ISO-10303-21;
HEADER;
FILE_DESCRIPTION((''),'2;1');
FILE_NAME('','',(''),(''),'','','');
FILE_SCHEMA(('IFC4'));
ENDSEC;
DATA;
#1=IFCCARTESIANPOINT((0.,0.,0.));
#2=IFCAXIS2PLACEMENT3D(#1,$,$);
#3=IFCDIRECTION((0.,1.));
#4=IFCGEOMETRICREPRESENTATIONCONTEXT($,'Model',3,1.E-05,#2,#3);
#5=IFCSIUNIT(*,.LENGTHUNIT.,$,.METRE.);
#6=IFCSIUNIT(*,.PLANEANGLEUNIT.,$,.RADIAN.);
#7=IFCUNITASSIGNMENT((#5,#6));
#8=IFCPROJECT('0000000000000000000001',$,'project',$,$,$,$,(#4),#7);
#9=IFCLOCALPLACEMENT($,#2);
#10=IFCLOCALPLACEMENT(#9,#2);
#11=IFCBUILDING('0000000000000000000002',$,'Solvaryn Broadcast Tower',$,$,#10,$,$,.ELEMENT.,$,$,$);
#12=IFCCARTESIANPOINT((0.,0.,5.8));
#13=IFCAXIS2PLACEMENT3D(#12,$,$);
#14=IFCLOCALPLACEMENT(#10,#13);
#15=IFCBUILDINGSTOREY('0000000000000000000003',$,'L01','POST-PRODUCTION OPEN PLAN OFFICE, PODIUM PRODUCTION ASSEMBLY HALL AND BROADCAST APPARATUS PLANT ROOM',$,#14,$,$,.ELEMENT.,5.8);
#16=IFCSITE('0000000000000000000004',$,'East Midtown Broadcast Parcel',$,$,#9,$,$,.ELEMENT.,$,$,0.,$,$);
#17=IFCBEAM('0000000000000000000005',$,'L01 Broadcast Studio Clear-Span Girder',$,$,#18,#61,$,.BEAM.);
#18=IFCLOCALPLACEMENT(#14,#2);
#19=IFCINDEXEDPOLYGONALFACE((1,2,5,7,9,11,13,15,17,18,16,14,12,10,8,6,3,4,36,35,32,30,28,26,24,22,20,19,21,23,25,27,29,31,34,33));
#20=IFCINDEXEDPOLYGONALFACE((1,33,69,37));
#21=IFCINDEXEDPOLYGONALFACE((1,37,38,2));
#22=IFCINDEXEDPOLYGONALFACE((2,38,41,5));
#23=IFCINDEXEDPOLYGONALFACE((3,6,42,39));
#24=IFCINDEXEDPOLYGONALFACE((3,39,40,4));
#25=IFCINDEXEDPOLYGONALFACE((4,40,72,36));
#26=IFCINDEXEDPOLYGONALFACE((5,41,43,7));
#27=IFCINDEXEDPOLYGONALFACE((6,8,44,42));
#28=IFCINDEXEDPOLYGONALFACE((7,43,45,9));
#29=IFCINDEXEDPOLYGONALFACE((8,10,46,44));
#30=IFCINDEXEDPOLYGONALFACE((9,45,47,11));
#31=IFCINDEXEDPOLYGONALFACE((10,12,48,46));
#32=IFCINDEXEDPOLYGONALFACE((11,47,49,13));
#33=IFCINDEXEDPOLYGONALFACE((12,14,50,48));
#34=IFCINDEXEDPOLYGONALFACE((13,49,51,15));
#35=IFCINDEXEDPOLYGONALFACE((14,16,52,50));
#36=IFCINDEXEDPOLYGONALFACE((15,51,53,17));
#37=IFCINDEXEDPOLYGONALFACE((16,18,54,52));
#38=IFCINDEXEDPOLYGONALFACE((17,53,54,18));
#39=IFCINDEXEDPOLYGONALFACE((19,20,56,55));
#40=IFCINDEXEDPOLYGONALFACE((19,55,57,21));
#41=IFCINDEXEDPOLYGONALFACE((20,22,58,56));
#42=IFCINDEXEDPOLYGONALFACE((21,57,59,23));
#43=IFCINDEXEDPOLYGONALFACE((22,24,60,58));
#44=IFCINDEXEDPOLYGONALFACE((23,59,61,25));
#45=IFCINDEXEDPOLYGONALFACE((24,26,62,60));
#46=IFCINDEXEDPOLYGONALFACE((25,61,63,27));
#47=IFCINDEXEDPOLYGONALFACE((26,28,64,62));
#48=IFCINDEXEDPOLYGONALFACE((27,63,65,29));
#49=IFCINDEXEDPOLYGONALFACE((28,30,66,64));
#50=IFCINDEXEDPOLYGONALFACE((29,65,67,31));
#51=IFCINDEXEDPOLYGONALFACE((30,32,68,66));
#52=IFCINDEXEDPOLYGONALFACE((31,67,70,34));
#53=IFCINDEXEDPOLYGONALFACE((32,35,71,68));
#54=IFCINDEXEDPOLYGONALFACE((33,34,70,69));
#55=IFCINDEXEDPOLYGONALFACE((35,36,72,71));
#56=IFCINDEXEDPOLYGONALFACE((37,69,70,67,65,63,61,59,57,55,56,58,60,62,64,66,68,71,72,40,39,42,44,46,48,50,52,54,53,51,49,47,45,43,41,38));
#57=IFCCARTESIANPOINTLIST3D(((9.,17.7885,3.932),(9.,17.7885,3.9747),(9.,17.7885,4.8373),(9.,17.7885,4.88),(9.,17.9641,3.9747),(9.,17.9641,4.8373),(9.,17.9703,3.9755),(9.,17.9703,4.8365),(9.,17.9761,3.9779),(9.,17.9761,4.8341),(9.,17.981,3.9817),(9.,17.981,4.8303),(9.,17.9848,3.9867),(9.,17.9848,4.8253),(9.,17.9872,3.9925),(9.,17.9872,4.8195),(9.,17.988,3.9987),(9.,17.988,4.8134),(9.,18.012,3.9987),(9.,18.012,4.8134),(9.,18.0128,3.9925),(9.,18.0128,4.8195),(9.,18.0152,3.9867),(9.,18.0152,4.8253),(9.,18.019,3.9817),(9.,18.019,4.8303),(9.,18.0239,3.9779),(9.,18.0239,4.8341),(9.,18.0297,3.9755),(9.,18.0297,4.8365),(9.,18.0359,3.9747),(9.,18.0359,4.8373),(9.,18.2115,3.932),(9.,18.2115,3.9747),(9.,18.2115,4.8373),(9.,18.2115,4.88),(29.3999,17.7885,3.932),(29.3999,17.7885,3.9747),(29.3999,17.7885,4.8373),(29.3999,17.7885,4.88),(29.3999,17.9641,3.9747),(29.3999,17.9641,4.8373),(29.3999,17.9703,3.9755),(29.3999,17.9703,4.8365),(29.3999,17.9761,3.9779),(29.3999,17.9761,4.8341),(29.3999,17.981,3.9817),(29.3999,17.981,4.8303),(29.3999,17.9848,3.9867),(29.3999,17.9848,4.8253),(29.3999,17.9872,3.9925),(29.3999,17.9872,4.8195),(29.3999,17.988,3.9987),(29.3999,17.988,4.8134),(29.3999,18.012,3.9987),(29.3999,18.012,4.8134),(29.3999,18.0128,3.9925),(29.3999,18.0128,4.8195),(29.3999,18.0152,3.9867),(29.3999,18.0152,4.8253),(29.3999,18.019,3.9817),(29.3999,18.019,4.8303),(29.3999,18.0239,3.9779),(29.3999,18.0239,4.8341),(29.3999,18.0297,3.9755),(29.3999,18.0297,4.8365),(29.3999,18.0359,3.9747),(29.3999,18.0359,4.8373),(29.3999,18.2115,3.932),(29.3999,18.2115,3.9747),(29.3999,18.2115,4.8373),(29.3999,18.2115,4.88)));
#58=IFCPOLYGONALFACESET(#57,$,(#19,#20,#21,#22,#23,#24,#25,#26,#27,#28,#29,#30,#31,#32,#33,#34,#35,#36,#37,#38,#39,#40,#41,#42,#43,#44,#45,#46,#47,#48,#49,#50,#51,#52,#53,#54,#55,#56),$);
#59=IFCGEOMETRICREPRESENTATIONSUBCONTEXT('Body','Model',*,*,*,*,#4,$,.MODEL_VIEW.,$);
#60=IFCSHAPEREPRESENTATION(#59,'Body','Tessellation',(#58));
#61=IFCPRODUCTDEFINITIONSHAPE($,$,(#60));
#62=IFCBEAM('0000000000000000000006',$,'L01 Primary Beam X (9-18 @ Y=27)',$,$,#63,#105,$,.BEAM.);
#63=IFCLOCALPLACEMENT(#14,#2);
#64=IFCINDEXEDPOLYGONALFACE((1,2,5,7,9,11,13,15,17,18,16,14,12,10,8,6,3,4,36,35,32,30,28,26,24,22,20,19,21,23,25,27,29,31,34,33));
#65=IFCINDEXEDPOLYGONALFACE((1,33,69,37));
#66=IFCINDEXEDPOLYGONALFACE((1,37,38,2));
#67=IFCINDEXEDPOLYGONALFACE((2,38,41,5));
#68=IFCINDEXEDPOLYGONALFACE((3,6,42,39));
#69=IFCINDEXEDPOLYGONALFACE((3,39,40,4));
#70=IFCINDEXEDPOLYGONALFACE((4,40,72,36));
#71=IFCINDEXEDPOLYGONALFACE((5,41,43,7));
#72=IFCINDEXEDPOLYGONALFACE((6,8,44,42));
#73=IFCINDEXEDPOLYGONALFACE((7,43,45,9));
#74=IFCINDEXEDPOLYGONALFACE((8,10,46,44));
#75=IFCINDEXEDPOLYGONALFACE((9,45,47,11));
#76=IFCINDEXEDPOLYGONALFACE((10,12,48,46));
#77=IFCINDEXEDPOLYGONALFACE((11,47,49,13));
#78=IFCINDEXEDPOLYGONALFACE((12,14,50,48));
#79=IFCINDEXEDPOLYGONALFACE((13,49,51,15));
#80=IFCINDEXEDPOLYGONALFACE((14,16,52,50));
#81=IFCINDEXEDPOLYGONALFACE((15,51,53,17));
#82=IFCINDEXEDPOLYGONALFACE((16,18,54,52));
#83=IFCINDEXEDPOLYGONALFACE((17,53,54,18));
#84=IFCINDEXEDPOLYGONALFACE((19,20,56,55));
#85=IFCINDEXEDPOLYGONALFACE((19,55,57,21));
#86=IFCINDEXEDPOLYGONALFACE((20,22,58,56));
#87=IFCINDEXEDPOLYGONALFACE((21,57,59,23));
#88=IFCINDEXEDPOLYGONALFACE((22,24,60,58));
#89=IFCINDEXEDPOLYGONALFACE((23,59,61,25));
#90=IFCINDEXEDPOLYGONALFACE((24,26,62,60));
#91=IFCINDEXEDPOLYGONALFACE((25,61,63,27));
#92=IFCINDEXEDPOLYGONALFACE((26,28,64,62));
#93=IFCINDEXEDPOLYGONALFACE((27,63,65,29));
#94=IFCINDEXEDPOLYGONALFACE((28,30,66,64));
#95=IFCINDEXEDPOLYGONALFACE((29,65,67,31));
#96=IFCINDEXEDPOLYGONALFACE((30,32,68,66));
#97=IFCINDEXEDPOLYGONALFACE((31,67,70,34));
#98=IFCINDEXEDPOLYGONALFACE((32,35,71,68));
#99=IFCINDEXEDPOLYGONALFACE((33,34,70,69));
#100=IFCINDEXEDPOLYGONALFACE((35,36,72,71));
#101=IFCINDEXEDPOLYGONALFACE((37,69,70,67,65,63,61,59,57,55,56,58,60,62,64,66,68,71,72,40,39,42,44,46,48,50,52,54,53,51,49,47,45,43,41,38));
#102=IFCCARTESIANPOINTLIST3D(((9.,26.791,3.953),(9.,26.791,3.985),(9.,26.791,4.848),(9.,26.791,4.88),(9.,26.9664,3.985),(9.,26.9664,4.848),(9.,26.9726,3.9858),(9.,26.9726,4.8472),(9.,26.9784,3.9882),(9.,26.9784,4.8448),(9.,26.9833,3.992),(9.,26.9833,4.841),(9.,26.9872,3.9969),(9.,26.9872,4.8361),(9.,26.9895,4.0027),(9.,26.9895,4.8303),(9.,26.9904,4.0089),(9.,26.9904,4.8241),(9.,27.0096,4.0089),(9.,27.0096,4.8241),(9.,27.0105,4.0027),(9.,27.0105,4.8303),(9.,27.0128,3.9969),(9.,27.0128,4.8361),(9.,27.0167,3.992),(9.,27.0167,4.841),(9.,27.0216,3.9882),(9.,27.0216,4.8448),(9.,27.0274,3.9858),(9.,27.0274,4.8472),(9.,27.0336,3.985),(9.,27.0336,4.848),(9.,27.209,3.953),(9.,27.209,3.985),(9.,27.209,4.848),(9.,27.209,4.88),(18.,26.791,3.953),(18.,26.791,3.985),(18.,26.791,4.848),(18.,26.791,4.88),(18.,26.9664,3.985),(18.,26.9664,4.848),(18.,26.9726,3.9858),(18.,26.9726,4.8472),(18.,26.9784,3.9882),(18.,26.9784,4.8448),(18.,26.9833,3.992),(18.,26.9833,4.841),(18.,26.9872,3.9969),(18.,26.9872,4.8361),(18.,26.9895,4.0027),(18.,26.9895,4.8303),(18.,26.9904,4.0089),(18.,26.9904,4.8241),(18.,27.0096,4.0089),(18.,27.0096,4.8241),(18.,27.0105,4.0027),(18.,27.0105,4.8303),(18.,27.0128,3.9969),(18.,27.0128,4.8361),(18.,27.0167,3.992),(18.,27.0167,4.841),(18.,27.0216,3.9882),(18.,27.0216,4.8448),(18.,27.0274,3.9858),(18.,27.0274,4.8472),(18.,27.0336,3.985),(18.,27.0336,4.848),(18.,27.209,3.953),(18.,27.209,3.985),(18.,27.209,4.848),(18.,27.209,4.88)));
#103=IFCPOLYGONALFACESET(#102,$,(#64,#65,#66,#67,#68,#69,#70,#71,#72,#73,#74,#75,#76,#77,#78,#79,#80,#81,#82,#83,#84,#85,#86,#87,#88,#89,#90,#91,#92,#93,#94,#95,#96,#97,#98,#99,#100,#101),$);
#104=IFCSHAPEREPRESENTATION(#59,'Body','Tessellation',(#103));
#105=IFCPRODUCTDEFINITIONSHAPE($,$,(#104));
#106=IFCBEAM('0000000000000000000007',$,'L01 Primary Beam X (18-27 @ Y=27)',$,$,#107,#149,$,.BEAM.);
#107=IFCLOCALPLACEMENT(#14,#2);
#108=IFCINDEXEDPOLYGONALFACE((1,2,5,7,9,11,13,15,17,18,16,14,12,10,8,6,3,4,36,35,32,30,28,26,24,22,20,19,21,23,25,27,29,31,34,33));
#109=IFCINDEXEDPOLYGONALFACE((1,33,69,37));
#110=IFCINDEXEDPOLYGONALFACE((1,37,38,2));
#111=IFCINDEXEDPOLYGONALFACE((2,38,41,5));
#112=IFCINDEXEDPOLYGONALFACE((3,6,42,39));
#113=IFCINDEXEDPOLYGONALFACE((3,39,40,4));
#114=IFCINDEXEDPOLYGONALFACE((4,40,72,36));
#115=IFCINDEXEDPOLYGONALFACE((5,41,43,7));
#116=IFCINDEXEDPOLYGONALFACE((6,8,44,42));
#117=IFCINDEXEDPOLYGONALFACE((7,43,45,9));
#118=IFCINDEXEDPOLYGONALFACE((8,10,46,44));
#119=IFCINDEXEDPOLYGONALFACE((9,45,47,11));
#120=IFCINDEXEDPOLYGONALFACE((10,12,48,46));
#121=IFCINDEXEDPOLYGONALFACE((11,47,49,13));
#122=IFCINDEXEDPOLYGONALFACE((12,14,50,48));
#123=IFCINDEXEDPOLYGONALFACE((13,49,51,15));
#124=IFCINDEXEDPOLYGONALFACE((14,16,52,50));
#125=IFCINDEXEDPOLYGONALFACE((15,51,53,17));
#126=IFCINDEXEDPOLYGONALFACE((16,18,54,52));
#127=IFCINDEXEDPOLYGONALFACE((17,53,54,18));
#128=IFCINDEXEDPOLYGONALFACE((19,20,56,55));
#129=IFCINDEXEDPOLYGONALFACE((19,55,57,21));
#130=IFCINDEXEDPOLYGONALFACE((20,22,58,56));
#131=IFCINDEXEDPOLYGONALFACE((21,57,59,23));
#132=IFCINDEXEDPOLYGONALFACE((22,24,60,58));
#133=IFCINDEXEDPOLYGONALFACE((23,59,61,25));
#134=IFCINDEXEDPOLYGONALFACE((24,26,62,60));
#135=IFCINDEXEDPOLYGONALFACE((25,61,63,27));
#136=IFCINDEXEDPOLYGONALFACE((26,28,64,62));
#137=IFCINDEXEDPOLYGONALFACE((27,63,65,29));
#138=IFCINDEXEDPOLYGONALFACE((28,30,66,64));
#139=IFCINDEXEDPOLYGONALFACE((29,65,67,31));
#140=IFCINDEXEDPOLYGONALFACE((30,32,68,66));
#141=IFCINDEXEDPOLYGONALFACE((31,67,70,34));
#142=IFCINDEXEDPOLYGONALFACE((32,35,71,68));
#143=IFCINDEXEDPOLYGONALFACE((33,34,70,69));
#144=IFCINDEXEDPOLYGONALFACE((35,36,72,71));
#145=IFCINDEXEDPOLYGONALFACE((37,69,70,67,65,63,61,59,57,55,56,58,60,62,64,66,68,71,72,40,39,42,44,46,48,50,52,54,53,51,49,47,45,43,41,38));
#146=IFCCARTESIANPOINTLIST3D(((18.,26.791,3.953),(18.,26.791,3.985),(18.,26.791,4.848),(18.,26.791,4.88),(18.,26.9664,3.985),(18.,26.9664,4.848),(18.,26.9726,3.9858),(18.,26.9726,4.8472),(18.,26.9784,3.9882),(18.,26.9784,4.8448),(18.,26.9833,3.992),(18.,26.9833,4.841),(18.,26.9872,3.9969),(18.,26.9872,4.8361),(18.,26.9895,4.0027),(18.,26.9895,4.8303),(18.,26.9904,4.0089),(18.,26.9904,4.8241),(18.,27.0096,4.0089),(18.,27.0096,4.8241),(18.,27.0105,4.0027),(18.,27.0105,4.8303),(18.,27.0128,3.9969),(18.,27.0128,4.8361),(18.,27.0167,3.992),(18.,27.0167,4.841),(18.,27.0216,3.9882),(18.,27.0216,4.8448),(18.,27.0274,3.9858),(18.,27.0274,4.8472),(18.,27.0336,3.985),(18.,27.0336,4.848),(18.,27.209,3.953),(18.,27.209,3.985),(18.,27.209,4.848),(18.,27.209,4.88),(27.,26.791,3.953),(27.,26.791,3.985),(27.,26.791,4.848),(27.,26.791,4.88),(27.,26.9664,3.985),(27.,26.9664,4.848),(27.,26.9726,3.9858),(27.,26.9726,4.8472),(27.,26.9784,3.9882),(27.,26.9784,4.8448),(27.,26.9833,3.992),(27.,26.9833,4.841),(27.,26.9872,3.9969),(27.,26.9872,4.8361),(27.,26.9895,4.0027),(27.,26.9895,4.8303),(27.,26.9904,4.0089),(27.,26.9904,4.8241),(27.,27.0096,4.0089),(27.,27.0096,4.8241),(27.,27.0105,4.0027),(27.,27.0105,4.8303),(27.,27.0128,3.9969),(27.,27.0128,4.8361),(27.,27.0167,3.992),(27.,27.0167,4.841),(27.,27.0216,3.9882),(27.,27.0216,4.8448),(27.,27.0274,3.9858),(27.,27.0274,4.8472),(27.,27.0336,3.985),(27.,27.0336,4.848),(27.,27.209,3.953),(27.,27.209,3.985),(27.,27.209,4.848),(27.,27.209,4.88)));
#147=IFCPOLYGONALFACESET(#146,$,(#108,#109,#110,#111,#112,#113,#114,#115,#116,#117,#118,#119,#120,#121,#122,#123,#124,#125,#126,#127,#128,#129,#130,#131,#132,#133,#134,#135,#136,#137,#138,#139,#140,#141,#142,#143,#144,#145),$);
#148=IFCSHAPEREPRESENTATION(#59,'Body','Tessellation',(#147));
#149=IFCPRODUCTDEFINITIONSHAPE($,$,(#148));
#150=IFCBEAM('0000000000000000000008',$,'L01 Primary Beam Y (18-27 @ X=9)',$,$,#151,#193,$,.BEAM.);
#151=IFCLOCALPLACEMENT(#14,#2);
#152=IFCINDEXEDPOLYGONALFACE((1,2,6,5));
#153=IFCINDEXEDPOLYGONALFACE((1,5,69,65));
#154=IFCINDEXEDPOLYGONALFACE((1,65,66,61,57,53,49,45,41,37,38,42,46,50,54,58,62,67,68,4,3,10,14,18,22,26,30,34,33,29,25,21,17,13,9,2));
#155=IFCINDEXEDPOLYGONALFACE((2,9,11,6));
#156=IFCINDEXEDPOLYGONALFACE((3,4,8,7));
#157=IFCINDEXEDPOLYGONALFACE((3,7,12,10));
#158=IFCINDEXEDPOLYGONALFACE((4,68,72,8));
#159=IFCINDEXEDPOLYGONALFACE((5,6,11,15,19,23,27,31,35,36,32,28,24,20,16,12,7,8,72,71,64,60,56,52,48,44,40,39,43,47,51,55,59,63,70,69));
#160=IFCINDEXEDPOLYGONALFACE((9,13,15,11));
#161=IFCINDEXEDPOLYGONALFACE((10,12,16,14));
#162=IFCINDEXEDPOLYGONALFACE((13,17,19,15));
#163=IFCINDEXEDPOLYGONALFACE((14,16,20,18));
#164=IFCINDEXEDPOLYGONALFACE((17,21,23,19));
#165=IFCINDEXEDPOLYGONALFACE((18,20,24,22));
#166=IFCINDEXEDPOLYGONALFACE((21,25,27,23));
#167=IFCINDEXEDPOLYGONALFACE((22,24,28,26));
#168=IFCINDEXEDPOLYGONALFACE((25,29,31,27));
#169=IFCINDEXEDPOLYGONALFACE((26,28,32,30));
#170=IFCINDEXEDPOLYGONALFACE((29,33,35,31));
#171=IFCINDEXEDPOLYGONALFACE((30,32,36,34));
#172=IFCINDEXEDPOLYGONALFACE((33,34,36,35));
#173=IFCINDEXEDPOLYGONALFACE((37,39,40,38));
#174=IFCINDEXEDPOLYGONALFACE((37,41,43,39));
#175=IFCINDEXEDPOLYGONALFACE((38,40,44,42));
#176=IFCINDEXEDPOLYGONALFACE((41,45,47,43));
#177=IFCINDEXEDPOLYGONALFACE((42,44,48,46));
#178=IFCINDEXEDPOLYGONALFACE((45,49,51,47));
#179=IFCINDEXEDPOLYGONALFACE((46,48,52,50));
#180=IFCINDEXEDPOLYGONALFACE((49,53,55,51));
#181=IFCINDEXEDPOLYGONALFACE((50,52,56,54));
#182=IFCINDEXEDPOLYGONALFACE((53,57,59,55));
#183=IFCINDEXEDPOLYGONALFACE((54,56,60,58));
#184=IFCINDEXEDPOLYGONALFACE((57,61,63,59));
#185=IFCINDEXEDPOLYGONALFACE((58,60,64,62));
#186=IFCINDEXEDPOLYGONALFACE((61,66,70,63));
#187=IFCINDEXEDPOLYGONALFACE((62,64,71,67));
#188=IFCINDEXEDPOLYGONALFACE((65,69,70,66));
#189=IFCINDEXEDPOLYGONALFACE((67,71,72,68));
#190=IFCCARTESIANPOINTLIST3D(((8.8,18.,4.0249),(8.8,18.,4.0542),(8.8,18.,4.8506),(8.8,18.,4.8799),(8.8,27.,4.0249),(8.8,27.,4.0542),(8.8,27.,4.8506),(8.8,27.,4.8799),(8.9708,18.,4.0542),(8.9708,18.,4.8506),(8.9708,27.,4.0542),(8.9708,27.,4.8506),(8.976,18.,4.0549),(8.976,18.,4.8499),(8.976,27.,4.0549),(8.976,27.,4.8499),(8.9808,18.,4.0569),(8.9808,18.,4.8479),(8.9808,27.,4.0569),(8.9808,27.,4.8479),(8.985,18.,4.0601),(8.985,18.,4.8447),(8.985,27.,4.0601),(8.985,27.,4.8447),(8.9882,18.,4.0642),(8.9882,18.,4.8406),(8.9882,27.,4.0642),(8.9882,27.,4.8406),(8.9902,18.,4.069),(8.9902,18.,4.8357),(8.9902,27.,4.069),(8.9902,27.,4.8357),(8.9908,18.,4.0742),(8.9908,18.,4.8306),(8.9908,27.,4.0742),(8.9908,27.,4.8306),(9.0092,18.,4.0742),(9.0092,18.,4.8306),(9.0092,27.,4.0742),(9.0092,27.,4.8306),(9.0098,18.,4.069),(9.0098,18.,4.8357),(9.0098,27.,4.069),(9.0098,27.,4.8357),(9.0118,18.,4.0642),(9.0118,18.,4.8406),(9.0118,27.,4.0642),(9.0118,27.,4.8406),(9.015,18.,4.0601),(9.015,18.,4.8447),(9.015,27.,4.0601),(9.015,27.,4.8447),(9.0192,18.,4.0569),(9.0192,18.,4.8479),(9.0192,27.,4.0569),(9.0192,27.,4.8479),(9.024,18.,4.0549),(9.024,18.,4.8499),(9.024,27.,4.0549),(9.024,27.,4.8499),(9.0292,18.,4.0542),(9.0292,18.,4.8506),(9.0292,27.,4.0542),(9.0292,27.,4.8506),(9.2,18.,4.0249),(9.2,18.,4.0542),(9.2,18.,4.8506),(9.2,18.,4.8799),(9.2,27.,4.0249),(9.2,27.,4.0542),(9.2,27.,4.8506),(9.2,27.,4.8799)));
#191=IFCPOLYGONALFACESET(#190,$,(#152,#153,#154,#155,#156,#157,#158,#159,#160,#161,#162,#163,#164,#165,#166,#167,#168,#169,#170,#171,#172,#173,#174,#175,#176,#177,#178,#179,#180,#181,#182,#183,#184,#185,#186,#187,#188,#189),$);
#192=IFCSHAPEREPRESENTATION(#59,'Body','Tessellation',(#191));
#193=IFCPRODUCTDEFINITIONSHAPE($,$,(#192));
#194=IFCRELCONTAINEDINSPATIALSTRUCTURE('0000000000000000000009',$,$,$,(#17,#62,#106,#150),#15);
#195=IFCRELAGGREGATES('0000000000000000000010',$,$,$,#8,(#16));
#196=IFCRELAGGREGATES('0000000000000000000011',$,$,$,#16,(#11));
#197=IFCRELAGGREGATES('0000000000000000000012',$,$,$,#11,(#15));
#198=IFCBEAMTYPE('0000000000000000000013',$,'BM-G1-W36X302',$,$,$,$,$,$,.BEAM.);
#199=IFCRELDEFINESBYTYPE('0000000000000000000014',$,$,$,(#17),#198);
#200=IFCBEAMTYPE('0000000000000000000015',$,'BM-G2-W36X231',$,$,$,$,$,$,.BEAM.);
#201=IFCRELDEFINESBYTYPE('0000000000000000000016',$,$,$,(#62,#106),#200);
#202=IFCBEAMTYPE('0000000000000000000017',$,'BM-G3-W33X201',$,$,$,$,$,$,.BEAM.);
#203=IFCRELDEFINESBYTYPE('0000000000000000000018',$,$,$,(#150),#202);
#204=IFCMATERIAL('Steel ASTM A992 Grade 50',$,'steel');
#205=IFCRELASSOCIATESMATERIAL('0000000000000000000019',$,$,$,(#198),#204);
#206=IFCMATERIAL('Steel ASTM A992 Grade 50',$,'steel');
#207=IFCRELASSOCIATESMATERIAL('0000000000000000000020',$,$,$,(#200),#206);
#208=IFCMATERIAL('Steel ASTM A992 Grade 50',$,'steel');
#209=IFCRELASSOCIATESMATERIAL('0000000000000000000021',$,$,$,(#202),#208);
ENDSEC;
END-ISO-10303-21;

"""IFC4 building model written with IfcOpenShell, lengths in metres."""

from ifc_helpers import new_model, si_unit, direction, frame, origin, origin_2d, place, context, subcontext, project, spatial, i_section, extrude, material, material_profile, profile_set, type_object, element, save


model = new_model("IFC4")

# Units and contexts
model_context = context("Model", 3, precision=1e-05, world=origin(), true_north=direction((0.0, 1.0)))
body_context = subcontext(model_context, "Body", "Model", "MODEL_VIEW")
ifc_project = project(units=[si_unit("LENGTHUNIT", "METRE"), si_unit("PLANEANGLEUNIT", "RADIAN")], contexts=[model_context])

# Site, building, storey
site_placement = place(None, origin())
site = spatial("IfcSite", under=ifc_project, at=site_placement, Name="East Midtown Broadcast Parcel", CompositionType="ELEMENT", RefElevation=0.0)
building_placement = place(site_placement, origin())
building = spatial("IfcBuilding", under=site, at=building_placement, Name="Solvaryn Broadcast Tower", CompositionType="ELEMENT")
storey_placement = place(building_placement, frame((0.0, 0.0, 5.8)))
storey = spatial("IfcBuildingStorey", under=building, at=storey_placement, Name="L01", Description="POST-PRODUCTION OPEN PLAN OFFICE, PODIUM PRODUCTION ASSEMBLY HALL AND BROADCAST APPARATUS PLANT ROOM", CompositionType="ELEMENT", Elevation=5.8)

# Beams
ifc_material_1 = material(Name="Steel ASTM A992 Grade 50", Category="steel")
ifc_material_profile_1 = material_profile(ifc_material_1, i_section(OverallWidth=0.4231, OverallDepth=0.948, WebThickness=0.0239, FlangeThickness=0.0427, FilletRadius=0.0239, at=origin_2d()))
ifc_profile_set_1 = profile_set([ifc_material_profile_1], Name="Steel ASTM A992 Grade 50")
beam_type_1 = type_object("IfcBeamType", Name="BM-G1-W36X302", PredefinedType="BEAM", material=ifc_profile_set_1)
beam_1_placement = place(storey_placement, frame((9.0, 18.0, 4.406), z_axis=(1.0, 0.0, 0.0), x_axis=(0.0, 1.0, 0.0)))
element("IfcBeam", 1, at=beam_1_placement, inside=storey, type_object=beam_type_1, Name="L01 Broadcast Studio Clear-Span Girder", PredefinedType="BEAM", context=body_context, shape_type="SweptSolid", body=[
    extrude(i_section(OverallWidth=0.4231, OverallDepth=0.948, WebThickness=0.0239, FlangeThickness=0.0427, FilletRadius=0.0239, at=origin_2d()), origin(), (0.0, 0.0, 1.0), 20.3999),
])
ifc_material_2 = material(Name="Steel ASTM A992 Grade 50", Category="steel")
ifc_material_profile_2 = material_profile(ifc_material_2, i_section(OverallWidth=0.418, OverallDepth=0.927, WebThickness=0.0193, FlangeThickness=0.032, FilletRadius=0.0239, at=origin_2d()))
ifc_profile_set_2 = profile_set([ifc_material_profile_2], Name="Steel ASTM A992 Grade 50")
beam_type_2 = type_object("IfcBeamType", Name="BM-G2-W36X231", PredefinedType="BEAM", material=ifc_profile_set_2)
for number, where, z_axis, x_axis, name in (
    (2, (9.0, 27.0, 4.4165), (1.0, 0.0, 0.0), (0.0, 1.0, 0.0), "L01 Primary Beam X (9-18 @ Y=27)"),
    (3, (18.0, 27.0, 4.4165), (1.0, 0.0, 0.0), (0.0, 1.0, 0.0), "L01 Primary Beam X (18-27 @ Y=27)"),
):
    element("IfcBeam", number, at=place(storey_placement, frame(where, z_axis=z_axis, x_axis=x_axis)), inside=storey, type_object=beam_type_2, Name=name, PredefinedType="BEAM", context=body_context, shape_type="SweptSolid", body=[
        extrude(i_section(OverallWidth=0.418, OverallDepth=0.927, WebThickness=0.0193, FlangeThickness=0.032, FilletRadius=0.0239, at=origin_2d()), origin(), (0.0, 0.0, 1.0), 9.0),
    ])
ifc_material_3 = material(Name="Steel ASTM A992 Grade 50", Category="steel")
ifc_material_profile_3 = material_profile(ifc_material_3, i_section(OverallWidth=0.3999, OverallDepth=0.855, WebThickness=0.0183, FlangeThickness=0.0293, FilletRadius=0.02, at=origin_2d()))
ifc_profile_set_3 = profile_set([ifc_material_profile_3], Name="Steel ASTM A992 Grade 50")
beam_type_3 = type_object("IfcBeamType", Name="BM-G3-W33X201", PredefinedType="BEAM", material=ifc_profile_set_3)
for number, where, z_axis, x_axis, name in (
    (4, (9.0, 18.0, 4.4524), (0.0, 1.0, 0.0), (-1.0, 0.0, 0.0), "L01 Primary Beam Y (18-27 @ X=9)"),
):
    element("IfcBeam", number, at=place(storey_placement, frame(where, z_axis=z_axis, x_axis=x_axis)), inside=storey, type_object=beam_type_3, Name=name, PredefinedType="BEAM", context=body_context, shape_type="SweptSolid", body=[
        extrude(i_section(OverallWidth=0.3999, OverallDepth=0.855, WebThickness=0.0183, FlangeThickness=0.0293, FilletRadius=0.02, at=origin_2d()), origin(), (0.0, 0.0, 1.0), 9.0),
    ])

save(model, "model.ifc")
